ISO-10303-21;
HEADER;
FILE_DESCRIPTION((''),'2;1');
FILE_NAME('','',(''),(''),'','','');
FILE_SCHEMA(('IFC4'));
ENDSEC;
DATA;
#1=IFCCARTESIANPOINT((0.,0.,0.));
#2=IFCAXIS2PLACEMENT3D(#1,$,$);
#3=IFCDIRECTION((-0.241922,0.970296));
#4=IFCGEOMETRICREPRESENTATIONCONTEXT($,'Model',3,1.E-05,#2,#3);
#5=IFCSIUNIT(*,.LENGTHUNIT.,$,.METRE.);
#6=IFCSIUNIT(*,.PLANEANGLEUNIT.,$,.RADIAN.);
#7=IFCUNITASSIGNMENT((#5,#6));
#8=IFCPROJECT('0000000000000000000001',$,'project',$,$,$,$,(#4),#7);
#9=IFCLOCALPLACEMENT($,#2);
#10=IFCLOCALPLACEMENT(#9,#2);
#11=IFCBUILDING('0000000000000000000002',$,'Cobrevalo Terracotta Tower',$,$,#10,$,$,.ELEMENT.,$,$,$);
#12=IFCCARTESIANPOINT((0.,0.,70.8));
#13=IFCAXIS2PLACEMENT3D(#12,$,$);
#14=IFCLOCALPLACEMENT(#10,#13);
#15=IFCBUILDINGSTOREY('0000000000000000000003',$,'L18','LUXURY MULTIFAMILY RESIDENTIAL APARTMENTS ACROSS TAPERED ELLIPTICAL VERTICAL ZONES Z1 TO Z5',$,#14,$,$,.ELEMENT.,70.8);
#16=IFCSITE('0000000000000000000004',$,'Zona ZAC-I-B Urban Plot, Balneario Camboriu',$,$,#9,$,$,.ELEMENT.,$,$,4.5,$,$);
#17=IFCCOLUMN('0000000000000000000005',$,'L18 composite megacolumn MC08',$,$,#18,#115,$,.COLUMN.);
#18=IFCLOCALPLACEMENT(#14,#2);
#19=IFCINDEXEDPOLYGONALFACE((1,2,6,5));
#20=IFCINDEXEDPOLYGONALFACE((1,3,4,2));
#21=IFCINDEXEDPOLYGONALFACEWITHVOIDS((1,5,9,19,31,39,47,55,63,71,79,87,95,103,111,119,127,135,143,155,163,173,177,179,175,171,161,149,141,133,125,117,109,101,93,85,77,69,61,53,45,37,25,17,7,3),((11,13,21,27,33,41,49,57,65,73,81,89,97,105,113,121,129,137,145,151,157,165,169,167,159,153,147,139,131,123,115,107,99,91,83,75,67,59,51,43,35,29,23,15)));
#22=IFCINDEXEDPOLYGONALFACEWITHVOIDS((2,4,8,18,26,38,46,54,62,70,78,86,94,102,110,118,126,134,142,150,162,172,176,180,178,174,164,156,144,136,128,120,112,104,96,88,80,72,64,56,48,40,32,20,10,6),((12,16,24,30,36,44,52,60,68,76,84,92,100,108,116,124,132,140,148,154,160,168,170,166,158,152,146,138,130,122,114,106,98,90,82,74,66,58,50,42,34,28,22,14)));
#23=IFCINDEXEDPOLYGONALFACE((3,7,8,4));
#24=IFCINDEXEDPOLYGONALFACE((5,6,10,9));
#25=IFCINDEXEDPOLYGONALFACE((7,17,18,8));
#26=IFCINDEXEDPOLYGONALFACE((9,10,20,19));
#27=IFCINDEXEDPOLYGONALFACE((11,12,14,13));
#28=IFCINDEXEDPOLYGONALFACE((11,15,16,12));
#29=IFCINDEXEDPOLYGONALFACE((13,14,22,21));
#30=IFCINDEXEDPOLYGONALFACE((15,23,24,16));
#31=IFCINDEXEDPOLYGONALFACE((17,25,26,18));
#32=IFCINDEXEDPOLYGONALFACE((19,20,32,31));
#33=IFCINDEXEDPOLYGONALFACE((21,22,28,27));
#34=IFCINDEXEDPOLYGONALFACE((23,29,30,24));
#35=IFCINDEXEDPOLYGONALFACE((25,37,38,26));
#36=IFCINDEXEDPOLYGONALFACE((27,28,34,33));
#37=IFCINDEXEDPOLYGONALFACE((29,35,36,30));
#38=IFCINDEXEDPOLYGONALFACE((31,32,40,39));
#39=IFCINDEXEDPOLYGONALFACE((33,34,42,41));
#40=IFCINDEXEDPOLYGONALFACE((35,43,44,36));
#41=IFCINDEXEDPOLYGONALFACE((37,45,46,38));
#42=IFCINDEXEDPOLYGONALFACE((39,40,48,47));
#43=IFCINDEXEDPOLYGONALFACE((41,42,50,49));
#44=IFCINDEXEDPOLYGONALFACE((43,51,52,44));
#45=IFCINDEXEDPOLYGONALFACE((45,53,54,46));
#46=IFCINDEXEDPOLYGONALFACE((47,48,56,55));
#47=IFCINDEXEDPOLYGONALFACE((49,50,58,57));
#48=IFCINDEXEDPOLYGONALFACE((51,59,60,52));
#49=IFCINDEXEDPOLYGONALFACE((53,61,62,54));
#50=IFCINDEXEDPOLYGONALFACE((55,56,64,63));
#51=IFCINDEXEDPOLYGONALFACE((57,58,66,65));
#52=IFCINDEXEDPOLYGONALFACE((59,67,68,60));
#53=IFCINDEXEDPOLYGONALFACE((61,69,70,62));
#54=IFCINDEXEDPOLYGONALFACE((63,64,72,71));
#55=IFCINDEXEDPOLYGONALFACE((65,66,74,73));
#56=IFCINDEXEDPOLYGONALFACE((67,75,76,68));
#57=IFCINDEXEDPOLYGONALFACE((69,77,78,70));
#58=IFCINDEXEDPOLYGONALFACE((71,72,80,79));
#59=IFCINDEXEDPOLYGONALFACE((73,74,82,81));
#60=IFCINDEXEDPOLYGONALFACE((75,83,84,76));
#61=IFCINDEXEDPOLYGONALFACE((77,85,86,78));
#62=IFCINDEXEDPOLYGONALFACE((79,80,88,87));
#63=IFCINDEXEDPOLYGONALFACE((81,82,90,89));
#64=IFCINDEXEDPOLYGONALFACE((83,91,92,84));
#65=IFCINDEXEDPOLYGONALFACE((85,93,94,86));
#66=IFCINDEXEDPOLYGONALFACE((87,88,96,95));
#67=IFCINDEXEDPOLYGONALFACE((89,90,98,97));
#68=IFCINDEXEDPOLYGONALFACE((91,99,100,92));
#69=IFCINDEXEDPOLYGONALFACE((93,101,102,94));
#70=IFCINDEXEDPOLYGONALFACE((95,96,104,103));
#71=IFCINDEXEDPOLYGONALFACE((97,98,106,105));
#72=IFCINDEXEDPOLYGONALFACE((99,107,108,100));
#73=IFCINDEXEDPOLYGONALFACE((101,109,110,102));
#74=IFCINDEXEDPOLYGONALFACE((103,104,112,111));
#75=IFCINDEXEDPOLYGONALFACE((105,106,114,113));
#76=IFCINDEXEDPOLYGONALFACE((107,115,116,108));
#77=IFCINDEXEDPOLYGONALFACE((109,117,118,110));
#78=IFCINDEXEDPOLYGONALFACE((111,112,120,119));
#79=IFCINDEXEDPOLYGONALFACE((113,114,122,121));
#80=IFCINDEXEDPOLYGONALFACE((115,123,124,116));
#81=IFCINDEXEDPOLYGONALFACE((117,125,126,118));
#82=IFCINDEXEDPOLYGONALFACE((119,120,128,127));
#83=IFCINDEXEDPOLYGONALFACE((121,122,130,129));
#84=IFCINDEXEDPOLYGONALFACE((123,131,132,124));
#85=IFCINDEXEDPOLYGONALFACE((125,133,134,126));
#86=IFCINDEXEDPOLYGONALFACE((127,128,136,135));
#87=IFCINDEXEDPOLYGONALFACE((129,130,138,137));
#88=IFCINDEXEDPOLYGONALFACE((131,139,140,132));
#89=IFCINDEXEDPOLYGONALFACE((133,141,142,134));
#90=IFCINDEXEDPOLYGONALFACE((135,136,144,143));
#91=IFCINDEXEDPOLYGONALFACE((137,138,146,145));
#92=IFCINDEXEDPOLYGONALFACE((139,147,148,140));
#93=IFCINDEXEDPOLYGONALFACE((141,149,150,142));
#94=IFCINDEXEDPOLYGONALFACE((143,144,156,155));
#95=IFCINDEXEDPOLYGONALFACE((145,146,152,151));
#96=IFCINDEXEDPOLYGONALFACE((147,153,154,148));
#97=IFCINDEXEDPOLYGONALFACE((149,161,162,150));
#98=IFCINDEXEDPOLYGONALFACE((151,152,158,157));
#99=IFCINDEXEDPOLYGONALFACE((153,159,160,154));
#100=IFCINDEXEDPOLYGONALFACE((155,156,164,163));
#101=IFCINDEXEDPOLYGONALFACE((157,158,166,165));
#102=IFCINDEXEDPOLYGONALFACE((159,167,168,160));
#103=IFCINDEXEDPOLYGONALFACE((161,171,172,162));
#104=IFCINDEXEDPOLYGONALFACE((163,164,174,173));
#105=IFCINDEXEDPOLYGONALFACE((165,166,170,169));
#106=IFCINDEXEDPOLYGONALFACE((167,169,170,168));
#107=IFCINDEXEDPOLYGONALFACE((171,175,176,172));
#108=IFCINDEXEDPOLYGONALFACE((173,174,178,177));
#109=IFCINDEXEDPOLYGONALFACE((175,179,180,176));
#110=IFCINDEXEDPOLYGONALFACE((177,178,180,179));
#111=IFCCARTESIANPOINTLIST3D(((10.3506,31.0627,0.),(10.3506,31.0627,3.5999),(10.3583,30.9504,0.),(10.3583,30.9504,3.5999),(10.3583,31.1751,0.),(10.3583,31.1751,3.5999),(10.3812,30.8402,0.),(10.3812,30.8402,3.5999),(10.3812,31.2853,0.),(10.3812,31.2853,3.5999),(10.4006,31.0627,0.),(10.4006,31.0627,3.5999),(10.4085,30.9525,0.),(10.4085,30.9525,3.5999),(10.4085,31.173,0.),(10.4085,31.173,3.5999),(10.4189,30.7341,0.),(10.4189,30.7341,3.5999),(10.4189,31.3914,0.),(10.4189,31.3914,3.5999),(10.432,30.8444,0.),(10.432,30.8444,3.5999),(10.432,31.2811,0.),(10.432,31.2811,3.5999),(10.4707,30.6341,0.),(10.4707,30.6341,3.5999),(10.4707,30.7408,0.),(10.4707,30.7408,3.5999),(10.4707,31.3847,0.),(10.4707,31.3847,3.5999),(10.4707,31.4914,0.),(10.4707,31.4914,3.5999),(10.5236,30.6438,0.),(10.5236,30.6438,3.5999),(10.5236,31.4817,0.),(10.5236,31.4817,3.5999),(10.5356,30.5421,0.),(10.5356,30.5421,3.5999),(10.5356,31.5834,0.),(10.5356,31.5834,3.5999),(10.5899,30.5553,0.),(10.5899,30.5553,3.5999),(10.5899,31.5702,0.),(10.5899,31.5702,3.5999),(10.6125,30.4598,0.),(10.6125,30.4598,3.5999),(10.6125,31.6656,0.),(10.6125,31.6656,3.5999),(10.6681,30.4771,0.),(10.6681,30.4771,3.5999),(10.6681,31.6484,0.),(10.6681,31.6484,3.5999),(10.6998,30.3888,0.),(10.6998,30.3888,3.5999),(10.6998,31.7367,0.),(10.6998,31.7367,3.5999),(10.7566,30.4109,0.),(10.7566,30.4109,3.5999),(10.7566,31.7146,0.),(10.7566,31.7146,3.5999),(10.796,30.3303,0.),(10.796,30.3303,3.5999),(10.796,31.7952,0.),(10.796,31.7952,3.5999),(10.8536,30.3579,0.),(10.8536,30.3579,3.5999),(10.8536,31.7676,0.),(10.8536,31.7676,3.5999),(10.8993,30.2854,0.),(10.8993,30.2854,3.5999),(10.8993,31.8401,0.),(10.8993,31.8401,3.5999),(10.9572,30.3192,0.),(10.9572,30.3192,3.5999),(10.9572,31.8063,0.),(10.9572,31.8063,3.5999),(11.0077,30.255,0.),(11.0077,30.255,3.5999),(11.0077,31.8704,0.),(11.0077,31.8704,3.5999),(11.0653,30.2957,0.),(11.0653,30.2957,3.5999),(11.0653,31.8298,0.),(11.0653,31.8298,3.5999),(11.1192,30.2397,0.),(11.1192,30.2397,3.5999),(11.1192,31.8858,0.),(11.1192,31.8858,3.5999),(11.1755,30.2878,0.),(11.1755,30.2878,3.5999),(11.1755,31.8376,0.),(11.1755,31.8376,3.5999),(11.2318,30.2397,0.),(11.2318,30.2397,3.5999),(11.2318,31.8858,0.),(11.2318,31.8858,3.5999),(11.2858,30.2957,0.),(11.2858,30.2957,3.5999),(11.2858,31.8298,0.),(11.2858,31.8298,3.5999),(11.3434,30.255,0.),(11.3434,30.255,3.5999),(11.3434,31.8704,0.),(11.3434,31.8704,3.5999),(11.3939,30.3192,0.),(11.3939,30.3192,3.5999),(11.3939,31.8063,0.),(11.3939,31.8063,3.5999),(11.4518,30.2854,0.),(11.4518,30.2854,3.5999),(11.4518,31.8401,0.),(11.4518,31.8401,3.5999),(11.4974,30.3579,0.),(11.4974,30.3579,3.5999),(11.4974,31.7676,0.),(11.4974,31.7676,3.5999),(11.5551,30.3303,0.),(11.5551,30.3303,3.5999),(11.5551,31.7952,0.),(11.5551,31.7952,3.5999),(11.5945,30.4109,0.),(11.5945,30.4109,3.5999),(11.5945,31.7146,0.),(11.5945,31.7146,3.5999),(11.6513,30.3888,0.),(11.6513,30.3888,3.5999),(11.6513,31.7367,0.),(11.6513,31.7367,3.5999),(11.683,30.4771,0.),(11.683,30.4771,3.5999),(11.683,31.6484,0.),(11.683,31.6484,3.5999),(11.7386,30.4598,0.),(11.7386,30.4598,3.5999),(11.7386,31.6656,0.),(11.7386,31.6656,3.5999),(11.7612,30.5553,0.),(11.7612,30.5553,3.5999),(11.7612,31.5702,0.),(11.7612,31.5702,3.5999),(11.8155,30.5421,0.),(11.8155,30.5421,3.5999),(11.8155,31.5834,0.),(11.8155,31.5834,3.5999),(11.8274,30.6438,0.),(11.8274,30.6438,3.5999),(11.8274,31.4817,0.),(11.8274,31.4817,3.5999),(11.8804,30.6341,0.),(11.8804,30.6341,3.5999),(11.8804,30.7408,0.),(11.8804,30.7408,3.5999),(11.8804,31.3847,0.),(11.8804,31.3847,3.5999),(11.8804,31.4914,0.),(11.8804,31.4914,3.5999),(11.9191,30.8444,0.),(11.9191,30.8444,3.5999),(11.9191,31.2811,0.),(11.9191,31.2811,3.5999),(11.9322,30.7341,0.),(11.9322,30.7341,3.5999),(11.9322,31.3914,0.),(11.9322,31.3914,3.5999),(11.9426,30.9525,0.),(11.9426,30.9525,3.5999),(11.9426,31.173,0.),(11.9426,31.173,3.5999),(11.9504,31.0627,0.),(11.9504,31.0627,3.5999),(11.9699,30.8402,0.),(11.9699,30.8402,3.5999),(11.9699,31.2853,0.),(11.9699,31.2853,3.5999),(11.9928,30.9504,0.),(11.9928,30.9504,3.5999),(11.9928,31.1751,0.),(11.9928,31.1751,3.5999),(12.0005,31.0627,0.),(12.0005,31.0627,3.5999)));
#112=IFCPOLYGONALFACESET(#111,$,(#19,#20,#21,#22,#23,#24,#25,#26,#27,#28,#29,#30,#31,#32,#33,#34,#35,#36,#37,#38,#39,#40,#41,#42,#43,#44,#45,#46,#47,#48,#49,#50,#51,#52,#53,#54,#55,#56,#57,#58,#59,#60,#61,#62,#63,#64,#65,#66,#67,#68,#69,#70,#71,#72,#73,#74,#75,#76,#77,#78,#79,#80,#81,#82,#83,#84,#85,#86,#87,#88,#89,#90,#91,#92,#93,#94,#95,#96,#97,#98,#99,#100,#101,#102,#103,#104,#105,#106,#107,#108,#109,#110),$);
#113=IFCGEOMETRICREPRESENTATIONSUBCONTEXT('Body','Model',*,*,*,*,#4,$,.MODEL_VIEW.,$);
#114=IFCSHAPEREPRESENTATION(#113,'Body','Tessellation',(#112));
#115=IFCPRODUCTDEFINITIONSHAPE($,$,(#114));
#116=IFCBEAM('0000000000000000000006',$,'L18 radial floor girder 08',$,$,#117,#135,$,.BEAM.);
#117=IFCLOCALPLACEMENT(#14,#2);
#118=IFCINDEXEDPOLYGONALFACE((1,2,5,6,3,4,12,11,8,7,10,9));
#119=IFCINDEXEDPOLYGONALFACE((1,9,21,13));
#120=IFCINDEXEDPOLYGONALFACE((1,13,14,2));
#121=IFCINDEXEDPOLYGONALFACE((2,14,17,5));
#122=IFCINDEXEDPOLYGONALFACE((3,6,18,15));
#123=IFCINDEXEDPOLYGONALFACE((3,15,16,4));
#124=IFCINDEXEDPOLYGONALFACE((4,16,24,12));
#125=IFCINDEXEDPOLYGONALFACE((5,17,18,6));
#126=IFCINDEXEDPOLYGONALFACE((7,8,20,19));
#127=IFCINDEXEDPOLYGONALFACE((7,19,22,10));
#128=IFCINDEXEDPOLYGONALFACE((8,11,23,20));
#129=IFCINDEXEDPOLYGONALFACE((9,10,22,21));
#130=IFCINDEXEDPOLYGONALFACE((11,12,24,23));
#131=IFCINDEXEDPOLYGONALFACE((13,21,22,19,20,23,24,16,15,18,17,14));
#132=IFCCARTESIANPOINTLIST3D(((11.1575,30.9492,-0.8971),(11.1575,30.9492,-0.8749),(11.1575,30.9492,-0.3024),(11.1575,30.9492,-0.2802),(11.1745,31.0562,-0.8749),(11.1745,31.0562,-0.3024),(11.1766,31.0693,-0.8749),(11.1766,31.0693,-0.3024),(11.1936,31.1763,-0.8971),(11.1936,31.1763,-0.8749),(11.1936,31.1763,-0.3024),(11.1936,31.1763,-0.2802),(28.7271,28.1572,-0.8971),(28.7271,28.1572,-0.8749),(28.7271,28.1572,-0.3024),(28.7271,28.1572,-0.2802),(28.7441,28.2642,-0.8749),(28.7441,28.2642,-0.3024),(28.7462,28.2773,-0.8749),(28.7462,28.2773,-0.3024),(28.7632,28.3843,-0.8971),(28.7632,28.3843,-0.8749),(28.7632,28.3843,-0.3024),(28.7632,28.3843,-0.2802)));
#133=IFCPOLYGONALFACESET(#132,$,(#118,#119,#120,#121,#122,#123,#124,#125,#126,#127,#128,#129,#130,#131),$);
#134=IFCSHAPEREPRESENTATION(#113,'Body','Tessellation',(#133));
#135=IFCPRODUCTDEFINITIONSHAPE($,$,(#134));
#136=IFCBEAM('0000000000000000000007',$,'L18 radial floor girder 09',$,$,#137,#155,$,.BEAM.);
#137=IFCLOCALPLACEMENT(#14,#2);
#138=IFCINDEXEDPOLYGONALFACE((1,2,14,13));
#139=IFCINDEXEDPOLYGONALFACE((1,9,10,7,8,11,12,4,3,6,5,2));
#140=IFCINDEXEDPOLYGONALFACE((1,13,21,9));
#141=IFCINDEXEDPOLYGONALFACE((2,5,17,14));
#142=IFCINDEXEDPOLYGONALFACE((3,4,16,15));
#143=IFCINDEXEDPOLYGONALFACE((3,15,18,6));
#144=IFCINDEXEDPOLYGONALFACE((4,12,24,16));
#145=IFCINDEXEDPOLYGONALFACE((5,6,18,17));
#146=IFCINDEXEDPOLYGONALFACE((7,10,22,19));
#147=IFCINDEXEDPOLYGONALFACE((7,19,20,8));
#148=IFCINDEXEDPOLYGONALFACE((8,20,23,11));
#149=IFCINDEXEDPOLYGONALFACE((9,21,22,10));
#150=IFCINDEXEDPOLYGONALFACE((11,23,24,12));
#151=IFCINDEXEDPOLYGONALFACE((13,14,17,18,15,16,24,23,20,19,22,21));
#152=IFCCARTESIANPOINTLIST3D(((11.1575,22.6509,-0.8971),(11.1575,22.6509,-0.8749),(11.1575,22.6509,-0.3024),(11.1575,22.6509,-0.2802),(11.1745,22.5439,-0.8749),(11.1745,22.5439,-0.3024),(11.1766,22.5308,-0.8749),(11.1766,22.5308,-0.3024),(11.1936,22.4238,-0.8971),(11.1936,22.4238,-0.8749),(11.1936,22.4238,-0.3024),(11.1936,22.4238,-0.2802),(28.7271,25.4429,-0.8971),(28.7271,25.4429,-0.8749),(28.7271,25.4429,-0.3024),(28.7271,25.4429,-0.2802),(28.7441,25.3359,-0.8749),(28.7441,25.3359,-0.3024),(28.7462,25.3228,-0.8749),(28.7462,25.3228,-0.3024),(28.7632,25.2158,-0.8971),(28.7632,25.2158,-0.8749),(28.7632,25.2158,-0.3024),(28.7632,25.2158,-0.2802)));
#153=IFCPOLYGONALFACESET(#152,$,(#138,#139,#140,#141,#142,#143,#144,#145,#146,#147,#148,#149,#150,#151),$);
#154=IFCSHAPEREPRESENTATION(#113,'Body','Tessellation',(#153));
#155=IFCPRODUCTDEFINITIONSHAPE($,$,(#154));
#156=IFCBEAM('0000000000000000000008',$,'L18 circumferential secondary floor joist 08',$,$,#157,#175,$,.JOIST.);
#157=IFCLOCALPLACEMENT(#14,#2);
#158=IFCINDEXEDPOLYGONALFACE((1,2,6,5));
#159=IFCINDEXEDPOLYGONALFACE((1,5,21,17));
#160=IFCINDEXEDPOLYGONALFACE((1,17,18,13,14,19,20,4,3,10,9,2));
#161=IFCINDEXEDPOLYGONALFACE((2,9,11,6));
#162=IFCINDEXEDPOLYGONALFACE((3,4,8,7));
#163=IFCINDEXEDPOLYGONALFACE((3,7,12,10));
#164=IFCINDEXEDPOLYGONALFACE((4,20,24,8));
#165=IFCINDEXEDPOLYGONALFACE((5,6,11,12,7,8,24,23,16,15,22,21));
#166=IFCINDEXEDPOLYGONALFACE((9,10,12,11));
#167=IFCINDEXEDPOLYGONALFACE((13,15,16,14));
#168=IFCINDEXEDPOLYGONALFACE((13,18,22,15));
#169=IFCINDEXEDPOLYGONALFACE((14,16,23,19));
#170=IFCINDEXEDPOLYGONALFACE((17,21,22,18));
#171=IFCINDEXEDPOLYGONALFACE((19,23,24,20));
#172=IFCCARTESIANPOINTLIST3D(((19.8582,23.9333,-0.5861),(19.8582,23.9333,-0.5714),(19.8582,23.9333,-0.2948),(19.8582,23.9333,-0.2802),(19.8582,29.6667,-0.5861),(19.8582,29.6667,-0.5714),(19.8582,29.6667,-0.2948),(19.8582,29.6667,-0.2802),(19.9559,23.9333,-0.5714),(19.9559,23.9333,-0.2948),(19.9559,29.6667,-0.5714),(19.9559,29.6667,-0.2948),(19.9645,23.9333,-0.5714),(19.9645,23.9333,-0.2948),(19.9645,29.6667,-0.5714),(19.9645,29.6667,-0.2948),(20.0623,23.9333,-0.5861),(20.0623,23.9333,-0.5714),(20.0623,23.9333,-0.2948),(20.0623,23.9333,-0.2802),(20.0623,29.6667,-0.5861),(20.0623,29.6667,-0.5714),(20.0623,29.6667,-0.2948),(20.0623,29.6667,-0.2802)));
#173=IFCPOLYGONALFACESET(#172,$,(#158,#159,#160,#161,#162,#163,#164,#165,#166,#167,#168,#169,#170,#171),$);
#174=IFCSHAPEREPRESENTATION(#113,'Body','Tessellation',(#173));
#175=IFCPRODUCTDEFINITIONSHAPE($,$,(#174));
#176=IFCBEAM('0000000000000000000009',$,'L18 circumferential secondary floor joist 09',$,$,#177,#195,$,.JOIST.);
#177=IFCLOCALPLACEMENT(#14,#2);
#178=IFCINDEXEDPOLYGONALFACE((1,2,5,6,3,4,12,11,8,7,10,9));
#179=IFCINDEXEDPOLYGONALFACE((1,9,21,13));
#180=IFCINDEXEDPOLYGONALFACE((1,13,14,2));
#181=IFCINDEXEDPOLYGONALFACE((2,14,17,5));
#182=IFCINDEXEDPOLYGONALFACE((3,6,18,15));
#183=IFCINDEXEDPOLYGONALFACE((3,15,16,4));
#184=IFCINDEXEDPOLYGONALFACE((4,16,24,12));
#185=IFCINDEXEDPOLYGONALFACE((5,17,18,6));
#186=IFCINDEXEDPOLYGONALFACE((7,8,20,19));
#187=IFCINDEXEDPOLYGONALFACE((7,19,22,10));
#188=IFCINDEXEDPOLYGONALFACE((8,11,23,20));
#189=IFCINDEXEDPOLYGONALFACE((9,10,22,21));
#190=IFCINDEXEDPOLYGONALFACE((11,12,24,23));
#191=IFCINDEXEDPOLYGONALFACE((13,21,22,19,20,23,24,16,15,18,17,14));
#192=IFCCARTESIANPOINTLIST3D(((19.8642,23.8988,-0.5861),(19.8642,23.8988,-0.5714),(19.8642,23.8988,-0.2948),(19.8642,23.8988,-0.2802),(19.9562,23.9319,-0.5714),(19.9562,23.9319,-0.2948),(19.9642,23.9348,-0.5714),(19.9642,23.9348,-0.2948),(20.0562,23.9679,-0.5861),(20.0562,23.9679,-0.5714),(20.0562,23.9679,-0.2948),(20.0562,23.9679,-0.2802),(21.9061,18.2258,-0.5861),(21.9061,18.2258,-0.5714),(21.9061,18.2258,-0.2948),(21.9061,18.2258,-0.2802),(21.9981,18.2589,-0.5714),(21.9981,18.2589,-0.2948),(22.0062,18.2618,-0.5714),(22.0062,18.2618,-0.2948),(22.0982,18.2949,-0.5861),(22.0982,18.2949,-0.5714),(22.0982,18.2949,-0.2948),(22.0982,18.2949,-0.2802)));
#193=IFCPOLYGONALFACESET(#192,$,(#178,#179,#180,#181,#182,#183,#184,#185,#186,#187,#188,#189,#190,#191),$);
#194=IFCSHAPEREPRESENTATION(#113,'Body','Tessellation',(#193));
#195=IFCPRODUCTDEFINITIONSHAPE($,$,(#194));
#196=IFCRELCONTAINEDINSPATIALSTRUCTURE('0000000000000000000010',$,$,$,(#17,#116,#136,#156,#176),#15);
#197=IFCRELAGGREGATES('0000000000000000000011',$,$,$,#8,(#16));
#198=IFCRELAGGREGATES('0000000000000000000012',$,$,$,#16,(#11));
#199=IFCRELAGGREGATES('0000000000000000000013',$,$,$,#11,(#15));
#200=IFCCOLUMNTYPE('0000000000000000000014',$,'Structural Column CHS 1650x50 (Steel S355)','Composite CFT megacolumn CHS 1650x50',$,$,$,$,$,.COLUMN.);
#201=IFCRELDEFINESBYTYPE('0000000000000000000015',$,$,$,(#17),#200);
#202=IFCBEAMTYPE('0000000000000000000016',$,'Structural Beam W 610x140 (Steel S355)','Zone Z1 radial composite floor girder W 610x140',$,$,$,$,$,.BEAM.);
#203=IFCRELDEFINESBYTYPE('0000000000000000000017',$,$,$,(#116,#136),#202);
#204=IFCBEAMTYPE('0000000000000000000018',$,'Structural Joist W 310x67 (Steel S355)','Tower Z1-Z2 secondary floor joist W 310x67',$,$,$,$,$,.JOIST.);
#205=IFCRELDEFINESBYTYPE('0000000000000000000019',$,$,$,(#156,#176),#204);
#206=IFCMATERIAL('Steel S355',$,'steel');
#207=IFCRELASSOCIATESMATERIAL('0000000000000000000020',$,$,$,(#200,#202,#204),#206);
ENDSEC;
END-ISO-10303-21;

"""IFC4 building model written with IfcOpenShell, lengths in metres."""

from ifc_helpers import new_model, si_unit, direction, frame, origin, origin_2d, place, context, subcontext, project, spatial, hollow_circle, i_section, extrude, material, material_profile, profile_set, type_object, element, save


model = new_model("IFC4")

# Units and contexts
model_context = context("Model", 3, precision=1e-05, world=origin(), true_north=direction((-0.241922, 0.970296)))
body_context = subcontext(model_context, "Body", "Model", "MODEL_VIEW")
ifc_project = project(units=[si_unit("LENGTHUNIT", "METRE"), si_unit("PLANEANGLEUNIT", "RADIAN")], contexts=[model_context])

# Site, building, storey
site_placement = place(None, origin())
site = spatial("IfcSite", under=ifc_project, at=site_placement, Name="Zona ZAC-I-B Urban Plot, Balneario Camboriu", CompositionType="ELEMENT", RefElevation=4.5)
building_placement = place(site_placement, origin())
building = spatial("IfcBuilding", under=site, at=building_placement, Name="Cobrevalo Terracotta Tower", CompositionType="ELEMENT")
storey_placement = place(building_placement, frame((0.0, 0.0, 70.8)))
storey = spatial("IfcBuildingStorey", under=building, at=storey_placement, Name="L18", Description="LUXURY MULTIFAMILY RESIDENTIAL APARTMENTS ACROSS TAPERED ELLIPTICAL VERTICAL ZONES Z1 TO Z5", CompositionType="ELEMENT", Elevation=70.8)

# Column
ifc_material_1 = material(Name="Steel S355", Category="steel")
ifc_material_profile_1 = material_profile(ifc_material_1, hollow_circle(Radius=0.825, WallThickness=0.05, at=origin_2d()), Name="CHS 1650x50")
ifc_profile_set_1 = profile_set([ifc_material_profile_1], Name="Steel S355")
column_type = type_object("IfcColumnType", Name="Structural Column CHS 1650x50 (Steel S355)", Description="Composite CFT megacolumn CHS 1650x50", PredefinedType="COLUMN", material=ifc_profile_set_1)
column_placement = place(storey_placement, frame((11.1755, 31.0627, 0.0), z_axis=(0.0, 0.0, 1.0), x_axis=(1.0, 0.0, 0.0)))
element("IfcColumn", 1, at=column_placement, inside=storey, type_object=column_type, Name="L18 composite megacolumn MC08", PredefinedType="COLUMN", context=body_context, shape_type="SweptSolid", body=[
    extrude(hollow_circle(Radius=0.825, WallThickness=0.05, at=origin_2d()), origin(), (0.0, 0.0, 1.0), 3.5999),
])

# Beams
ifc_material_profile_2 = material_profile(ifc_material_1, i_section(OverallWidth=0.23, OverallDepth=0.6169, WebThickness=0.0132, FlangeThickness=0.0222, at=origin_2d()), Name="W 610x140")
ifc_profile_set_2 = profile_set([ifc_material_profile_2], Name="Steel S355")
beam_type_1 = type_object("IfcBeamType", Name="Structural Beam W 610x140 (Steel S355)", Description="Zone Z1 radial composite floor girder W 610x140", PredefinedType="BEAM", material=ifc_profile_set_2)
for number, where, z_axis, x_axis, name in (
    (2, (11.1755, 31.0627, -0.5886), (0.987608, -0.156941, 0.0), (0.156941, 0.987608, 0.0), "L18 radial floor girder 08"),
    (3, (11.1755, 22.5374, -0.5886), (0.987608, 0.156941, 0.0), (-0.156941, 0.987608, 0.0), "L18 radial floor girder 09"),
):
    element("IfcBeam", number, at=place(storey_placement, frame(where, z_axis=z_axis, x_axis=x_axis)), inside=storey, type_object=beam_type_1, Name=name, PredefinedType="BEAM", context=body_context, shape_type="SweptSolid", body=[
        extrude(i_section(OverallWidth=0.23, OverallDepth=0.6169, WebThickness=0.0132, FlangeThickness=0.0222, at=origin_2d()), origin(), (0.0, 0.0, 1.0), 17.79),
    ])
ifc_material_profile_3 = material_profile(ifc_material_1, i_section(OverallWidth=0.2041, OverallDepth=0.3059, WebThickness=0.0085, FlangeThickness=0.0146, at=origin_2d()), Name="W 310x67")
ifc_profile_set_3 = profile_set([ifc_material_profile_3], Name="Steel S355")
beam_type_2 = type_object("IfcBeamType", Name="Structural Joist W 310x67 (Steel S355)", Description="Tower Z1-Z2 secondary floor joist W 310x67", PredefinedType="JOIST", material=ifc_profile_set_3)
beam_1_placement = place(storey_placement, frame((19.9602, 29.6667, -0.4331), z_axis=(0.0, -1.0, 0.0), x_axis=(1.0, 0.0, 0.0)))
element("IfcBeam", 4, at=beam_1_placement, inside=storey, type_object=beam_type_2, Name="L18 circumferential secondary floor joist 08", PredefinedType="JOIST", context=body_context, shape_type="SweptSolid", body=[
    extrude(i_section(OverallWidth=0.2041, OverallDepth=0.3059, WebThickness=0.0085, FlangeThickness=0.0146, at=origin_2d()), origin(), (0.0, 0.0, 1.0), 5.7334),
])
beam_2_placement = place(storey_placement, frame((19.9602, 23.9333, -0.4331), z_axis=(0.338672, -0.940904, 0.0), x_axis=(0.940904, 0.338672, 0.0)))
element("IfcBeam", 5, at=beam_2_placement, inside=storey, type_object=beam_type_2, Name="L18 circumferential secondary floor joist 09", PredefinedType="JOIST", context=body_context, shape_type="SweptSolid", body=[
    extrude(i_section(OverallWidth=0.2041, OverallDepth=0.3059, WebThickness=0.0085, FlangeThickness=0.0146, at=origin_2d()), origin(), (0.0, 0.0, 1.0), 6.0293),
])

save(model, "model.ifc")
